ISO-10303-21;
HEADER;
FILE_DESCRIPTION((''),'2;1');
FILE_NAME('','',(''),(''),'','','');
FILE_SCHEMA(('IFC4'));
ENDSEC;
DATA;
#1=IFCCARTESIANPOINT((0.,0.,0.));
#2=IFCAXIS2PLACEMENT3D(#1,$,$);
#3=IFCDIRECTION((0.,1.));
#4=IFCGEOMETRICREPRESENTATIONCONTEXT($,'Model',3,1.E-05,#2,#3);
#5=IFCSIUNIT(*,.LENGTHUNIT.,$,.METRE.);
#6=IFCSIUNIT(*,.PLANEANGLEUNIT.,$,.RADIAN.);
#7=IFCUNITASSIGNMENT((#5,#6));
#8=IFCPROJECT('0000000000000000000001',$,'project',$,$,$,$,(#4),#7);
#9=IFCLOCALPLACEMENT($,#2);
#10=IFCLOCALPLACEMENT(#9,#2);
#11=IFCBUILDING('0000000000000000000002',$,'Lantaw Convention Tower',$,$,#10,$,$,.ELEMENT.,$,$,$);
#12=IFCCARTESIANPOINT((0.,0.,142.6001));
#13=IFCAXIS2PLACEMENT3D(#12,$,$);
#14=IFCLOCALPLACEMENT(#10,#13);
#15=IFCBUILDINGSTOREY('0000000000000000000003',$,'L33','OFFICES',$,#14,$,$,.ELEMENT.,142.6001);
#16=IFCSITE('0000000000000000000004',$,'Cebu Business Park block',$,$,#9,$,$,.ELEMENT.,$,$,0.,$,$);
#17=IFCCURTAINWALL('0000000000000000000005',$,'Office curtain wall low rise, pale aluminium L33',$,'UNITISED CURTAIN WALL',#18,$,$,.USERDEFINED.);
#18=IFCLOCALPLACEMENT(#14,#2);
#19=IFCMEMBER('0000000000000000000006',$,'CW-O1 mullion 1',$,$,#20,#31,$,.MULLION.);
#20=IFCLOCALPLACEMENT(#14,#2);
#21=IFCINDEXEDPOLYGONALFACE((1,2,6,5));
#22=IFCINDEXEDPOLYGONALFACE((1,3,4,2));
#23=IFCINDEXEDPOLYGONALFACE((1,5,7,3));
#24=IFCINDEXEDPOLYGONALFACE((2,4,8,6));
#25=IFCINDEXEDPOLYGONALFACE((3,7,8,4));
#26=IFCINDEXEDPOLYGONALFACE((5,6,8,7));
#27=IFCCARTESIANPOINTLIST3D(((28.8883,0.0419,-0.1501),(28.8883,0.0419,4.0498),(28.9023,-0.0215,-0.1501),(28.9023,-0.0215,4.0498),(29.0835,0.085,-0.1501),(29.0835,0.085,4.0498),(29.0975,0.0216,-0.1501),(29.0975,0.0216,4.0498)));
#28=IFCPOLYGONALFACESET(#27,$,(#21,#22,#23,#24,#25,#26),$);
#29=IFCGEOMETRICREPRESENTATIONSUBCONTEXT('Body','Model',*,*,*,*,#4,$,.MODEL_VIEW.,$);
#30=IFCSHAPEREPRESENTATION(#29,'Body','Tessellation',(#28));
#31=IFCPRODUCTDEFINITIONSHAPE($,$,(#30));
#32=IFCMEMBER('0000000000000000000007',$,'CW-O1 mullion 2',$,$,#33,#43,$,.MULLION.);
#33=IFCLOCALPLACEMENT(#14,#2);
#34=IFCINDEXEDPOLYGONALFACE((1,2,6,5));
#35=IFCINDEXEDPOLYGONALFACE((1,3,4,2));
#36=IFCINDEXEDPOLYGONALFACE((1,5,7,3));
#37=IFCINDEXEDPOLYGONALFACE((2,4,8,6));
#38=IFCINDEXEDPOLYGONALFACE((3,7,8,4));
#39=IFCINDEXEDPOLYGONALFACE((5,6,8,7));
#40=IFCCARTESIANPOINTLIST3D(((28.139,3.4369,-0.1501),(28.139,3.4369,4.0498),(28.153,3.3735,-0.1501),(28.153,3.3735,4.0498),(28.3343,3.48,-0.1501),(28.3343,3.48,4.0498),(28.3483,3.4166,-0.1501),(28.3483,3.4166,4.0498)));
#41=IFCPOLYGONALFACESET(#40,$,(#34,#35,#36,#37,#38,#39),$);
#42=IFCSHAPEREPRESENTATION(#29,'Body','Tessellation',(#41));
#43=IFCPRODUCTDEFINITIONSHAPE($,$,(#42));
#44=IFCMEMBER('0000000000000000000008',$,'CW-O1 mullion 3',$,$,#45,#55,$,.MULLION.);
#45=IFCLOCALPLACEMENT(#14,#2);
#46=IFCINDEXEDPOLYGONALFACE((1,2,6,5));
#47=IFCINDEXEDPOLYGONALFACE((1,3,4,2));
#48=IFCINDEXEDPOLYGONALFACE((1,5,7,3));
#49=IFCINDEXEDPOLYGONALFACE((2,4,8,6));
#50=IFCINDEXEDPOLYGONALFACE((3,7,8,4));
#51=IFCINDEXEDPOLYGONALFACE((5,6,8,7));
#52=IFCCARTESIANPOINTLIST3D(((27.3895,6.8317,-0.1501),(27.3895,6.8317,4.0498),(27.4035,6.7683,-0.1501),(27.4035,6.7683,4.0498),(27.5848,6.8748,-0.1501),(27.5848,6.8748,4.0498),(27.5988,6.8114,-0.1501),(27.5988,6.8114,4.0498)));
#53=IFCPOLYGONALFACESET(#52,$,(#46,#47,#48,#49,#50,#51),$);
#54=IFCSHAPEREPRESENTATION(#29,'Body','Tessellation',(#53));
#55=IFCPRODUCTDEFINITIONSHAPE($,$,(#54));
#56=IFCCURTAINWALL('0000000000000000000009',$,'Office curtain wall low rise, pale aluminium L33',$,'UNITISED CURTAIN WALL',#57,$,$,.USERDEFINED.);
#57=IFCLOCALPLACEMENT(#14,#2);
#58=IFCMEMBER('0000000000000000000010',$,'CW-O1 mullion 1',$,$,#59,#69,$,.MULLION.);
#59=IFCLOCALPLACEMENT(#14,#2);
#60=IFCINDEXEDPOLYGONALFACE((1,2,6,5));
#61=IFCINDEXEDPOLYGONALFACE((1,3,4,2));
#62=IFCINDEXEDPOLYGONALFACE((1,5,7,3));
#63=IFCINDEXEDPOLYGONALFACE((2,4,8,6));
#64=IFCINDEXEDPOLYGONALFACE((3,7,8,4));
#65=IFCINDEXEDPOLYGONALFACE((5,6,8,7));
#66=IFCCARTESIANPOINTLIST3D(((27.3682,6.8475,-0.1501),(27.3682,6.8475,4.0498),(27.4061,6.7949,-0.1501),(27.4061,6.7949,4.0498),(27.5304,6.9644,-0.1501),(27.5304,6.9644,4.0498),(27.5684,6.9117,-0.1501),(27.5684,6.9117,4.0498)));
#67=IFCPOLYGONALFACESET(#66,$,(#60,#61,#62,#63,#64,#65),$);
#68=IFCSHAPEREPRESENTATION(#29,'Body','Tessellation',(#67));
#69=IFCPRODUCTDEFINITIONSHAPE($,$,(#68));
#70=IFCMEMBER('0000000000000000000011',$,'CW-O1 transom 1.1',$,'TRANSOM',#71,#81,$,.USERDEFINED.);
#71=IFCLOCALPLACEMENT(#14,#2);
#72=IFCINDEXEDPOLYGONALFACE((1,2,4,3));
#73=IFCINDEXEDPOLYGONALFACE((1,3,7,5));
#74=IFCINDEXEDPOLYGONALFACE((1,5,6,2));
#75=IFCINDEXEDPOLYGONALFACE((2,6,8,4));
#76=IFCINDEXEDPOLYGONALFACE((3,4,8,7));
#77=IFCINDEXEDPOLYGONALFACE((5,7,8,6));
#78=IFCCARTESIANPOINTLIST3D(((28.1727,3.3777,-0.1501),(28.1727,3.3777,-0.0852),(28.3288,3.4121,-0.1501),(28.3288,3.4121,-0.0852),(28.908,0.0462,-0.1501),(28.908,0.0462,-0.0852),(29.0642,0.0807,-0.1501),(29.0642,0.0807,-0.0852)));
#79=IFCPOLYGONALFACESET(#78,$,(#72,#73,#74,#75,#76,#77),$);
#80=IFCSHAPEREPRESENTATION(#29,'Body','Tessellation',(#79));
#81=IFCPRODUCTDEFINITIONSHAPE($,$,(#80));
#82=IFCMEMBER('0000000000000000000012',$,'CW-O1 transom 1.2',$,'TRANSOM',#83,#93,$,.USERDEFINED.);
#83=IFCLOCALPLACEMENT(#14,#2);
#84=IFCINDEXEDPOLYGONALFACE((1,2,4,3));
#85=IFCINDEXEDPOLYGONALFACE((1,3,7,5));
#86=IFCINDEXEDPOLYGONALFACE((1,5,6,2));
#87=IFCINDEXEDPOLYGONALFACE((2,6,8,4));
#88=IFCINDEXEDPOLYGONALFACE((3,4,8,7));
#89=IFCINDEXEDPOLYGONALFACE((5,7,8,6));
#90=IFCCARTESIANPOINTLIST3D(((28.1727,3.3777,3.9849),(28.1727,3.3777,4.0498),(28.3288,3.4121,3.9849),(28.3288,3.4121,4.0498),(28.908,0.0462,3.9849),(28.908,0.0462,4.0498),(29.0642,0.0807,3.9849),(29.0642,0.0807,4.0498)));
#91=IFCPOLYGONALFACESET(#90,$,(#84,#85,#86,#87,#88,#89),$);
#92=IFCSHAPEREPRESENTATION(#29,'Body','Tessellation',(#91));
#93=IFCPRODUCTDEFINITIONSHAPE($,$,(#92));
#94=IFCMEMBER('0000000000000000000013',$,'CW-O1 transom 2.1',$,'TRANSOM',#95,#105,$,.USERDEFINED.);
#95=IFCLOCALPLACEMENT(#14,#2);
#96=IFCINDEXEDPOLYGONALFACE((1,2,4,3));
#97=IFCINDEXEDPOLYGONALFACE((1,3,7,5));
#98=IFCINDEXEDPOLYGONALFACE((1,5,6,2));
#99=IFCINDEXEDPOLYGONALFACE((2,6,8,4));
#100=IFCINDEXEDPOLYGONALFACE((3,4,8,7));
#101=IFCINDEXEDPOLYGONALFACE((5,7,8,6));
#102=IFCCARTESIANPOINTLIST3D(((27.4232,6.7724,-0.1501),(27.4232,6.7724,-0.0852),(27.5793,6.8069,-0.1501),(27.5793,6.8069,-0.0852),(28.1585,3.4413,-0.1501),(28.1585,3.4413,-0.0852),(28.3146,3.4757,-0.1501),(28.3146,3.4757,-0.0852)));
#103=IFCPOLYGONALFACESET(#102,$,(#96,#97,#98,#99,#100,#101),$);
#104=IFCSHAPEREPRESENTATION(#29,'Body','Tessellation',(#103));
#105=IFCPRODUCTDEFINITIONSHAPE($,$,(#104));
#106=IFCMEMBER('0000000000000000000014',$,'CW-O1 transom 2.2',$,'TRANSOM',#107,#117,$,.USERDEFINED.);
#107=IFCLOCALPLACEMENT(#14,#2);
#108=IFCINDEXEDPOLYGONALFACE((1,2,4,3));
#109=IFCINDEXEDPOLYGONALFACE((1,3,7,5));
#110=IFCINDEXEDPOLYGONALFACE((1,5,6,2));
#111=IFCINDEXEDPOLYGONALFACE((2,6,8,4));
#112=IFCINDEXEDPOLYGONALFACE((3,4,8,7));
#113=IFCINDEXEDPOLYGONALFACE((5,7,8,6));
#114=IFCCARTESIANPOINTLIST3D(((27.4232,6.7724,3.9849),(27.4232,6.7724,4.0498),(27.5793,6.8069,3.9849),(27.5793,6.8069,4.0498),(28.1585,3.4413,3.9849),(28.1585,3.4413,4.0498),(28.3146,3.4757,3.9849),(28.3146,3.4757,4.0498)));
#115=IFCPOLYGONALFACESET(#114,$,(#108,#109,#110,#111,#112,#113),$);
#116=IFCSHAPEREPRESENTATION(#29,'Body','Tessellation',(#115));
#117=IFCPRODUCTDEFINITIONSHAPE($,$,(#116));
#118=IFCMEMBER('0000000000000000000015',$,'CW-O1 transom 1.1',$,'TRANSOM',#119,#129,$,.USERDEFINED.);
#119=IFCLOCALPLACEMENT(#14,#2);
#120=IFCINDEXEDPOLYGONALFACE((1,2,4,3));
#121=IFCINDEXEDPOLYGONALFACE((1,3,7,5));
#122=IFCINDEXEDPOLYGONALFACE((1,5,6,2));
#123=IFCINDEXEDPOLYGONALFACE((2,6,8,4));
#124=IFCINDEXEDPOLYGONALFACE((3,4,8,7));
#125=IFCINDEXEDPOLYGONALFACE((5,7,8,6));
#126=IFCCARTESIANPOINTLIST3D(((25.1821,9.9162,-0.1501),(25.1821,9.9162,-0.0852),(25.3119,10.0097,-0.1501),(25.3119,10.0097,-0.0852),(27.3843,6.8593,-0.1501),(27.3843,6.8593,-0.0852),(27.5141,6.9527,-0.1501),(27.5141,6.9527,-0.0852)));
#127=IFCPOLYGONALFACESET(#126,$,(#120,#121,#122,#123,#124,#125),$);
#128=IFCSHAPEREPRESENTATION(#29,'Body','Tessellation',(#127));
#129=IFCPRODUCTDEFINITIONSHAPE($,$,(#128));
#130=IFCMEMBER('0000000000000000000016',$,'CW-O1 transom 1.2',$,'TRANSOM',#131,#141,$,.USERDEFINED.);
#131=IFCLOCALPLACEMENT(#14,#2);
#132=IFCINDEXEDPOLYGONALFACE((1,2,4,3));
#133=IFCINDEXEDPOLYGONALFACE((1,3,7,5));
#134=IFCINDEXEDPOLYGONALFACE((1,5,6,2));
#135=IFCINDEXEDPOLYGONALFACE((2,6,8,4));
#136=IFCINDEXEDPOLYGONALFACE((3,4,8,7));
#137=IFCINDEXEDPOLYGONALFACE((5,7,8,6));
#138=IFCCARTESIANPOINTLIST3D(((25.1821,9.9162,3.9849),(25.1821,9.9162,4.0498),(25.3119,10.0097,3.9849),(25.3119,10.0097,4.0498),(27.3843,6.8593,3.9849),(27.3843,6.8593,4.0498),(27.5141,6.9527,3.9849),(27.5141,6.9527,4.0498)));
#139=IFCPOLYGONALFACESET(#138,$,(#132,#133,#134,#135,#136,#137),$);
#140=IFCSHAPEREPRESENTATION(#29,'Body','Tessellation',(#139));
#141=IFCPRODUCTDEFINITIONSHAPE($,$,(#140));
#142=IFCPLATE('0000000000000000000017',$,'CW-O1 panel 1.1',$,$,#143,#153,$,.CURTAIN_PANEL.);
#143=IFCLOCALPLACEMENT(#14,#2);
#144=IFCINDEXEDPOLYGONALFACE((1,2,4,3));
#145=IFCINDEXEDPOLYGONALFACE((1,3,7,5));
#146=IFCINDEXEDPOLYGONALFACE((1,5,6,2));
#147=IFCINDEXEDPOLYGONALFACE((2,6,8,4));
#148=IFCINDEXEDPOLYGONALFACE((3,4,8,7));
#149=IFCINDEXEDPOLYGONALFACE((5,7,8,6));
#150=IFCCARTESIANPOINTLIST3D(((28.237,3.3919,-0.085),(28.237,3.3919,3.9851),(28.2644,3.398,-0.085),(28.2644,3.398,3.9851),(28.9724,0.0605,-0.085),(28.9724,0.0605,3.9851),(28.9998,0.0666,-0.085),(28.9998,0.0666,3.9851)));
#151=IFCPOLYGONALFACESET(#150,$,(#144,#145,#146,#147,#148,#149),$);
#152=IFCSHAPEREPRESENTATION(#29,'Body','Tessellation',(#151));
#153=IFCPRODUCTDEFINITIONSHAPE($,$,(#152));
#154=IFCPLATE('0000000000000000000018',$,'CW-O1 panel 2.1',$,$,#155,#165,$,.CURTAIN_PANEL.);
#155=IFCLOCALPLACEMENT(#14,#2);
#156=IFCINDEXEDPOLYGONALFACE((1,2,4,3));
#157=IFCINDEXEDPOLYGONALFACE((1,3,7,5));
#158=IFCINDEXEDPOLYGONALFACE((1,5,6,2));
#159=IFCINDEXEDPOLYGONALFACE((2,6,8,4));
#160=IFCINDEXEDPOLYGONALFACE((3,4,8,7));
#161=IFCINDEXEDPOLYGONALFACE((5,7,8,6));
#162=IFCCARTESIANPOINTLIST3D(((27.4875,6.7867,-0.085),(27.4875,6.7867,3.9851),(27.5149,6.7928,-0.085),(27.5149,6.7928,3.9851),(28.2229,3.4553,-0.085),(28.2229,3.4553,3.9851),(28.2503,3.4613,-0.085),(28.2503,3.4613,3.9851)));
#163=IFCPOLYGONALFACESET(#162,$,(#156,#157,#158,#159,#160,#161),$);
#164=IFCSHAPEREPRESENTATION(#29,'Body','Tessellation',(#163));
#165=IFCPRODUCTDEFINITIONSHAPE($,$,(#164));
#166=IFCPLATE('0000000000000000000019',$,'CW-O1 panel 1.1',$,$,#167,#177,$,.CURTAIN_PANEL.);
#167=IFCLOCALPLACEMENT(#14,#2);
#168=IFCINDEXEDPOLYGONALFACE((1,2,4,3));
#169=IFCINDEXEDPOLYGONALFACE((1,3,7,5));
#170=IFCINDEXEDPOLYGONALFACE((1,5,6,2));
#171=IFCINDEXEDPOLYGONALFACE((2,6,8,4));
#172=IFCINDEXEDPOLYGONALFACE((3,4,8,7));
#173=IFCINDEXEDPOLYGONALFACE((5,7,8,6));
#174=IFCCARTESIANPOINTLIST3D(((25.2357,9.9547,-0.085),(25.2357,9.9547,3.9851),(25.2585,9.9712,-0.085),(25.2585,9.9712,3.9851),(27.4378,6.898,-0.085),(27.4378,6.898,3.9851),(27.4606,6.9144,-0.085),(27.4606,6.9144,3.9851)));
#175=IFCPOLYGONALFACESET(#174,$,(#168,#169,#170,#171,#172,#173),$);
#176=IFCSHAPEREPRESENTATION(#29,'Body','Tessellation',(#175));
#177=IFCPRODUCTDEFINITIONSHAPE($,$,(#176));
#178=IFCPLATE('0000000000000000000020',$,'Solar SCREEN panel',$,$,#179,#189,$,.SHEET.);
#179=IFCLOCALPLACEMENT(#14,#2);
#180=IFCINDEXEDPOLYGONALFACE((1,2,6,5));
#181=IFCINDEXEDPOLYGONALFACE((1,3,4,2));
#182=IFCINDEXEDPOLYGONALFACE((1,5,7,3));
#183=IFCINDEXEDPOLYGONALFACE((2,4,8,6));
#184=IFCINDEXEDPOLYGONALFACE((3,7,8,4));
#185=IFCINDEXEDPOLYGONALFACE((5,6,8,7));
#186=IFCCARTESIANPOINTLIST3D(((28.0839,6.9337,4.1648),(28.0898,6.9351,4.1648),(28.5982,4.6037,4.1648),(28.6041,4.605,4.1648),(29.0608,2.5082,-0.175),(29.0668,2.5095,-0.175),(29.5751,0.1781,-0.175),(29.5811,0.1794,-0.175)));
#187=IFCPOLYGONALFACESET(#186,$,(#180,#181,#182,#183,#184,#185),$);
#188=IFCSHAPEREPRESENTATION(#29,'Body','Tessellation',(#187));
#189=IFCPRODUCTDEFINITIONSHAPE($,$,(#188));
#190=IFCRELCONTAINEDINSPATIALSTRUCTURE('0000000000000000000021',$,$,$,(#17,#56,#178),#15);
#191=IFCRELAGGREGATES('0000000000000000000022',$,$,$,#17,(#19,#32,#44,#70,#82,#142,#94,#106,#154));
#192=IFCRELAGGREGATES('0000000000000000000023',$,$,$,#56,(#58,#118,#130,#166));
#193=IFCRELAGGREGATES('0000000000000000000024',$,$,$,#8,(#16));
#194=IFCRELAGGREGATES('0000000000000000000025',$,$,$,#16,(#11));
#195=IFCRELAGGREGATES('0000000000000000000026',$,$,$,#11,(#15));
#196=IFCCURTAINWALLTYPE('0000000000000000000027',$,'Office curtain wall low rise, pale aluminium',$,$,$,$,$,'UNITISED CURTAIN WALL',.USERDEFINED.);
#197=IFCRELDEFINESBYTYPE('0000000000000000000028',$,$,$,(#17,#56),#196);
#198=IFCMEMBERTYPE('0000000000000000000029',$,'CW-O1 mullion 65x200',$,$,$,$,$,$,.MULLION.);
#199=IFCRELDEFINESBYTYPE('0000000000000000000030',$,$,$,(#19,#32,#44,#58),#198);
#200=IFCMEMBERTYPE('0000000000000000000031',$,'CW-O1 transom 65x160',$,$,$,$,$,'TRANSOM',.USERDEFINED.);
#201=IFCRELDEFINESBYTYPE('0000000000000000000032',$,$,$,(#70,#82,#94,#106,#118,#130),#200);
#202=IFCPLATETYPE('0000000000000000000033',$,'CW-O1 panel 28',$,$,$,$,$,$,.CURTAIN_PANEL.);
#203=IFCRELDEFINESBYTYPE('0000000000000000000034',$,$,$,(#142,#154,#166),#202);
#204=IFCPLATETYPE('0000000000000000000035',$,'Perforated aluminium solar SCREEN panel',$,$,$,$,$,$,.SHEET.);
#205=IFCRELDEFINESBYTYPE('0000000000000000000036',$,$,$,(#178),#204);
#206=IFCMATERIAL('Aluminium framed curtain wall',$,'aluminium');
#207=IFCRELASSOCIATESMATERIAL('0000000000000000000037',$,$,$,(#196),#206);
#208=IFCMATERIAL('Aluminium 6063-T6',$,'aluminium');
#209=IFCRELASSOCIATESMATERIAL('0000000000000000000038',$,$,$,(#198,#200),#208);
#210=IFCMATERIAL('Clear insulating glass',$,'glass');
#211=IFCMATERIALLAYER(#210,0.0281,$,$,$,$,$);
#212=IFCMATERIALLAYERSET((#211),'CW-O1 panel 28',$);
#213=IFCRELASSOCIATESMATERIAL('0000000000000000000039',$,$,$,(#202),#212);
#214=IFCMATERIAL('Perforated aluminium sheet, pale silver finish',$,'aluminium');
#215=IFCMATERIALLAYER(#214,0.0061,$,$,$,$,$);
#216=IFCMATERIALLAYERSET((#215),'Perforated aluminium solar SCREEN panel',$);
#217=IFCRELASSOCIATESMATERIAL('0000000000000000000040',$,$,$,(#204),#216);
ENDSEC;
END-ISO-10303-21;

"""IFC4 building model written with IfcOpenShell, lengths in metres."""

from ifc_helpers import new_model, si_unit, direction, frame, origin, origin_2d, place, context, subcontext, project, spatial, polyline, rectangle, outline, extrude, material, layer, layer_set, material_profile, profile_set, type_object, element, aggregate, save


model = new_model("IFC4")

# Units and contexts
model_context = context("Model", 3, precision=1e-05, world=origin(), true_north=direction((0.0, 1.0)))
body_context = subcontext(model_context, "Body", "Model", "MODEL_VIEW")
ifc_project = project(units=[si_unit("LENGTHUNIT", "METRE"), si_unit("PLANEANGLEUNIT", "RADIAN")], contexts=[model_context])

# Site, building, storey
site_placement = place(None, origin())
site = spatial("IfcSite", under=ifc_project, at=site_placement, Name="Cebu Business Park block", CompositionType="ELEMENT", RefElevation=0.0)
building_placement = place(site_placement, origin())
building = spatial("IfcBuilding", under=site, at=building_placement, Name="Lantaw Convention Tower", CompositionType="ELEMENT")
storey_placement = place(building_placement, frame((0.0, 0.0, 142.6001)))
storey = spatial("IfcBuildingStorey", under=building, at=storey_placement, Name="L33", Description="OFFICES", CompositionType="ELEMENT", Elevation=142.6001)

# Curtain wall, members
ifc_material_1 = material(Name="Aluminium framed curtain wall", Category="aluminium")
curtain_wall_type = type_object("IfcCurtainWallType", Name="Office curtain wall low rise, pale aluminium", ElementType="UNITISED CURTAIN WALL", PredefinedType="USERDEFINED", material=ifc_material_1)
curtain_wall_1_placement = place(storey_placement, origin())
curtain_wall_1 = element("IfcCurtainWall", 1, at=curtain_wall_1_placement, inside=storey, type_object=curtain_wall_type, Name="Office curtain wall low rise, pale aluminium L33", ObjectType="UNITISED CURTAIN WALL", PredefinedType="USERDEFINED")
ifc_material_2 = material(Name="Aluminium 6063-T6", Category="aluminium")
ifc_material_profile_1 = material_profile(ifc_material_2, rectangle(XDim=0.2, YDim=0.0649, at=origin_2d()), Name="CW-O1 mullion 65x200")
ifc_profile_set_1 = profile_set([ifc_material_profile_1], Name="Aluminium 6063-T6")
member_type_1 = type_object("IfcMemberType", Name="CW-O1 mullion 65x200", PredefinedType="MULLION", material=ifc_profile_set_1)
member_1_placement = place(storey_placement, frame((28.9929, 0.0317, -0.1501), z_axis=(0.0, 0.0, 1.0), x_axis=(-0.976494, -0.215546, 0.0)))
member_1 = element("IfcMember", 2, at=member_1_placement, type_object=member_type_1, Name="CW-O1 mullion 1", PredefinedType="MULLION", context=body_context, shape_type="SweptSolid", body=[
    extrude(rectangle(XDim=0.2, YDim=0.0649, at=origin_2d()), origin(), (0.0, 0.0, 1.0), 4.2),
])
member_2_placement = place(storey_placement, frame((28.2437, 3.4268, -0.1501), z_axis=(0.0, 0.0, 1.0), x_axis=(-0.976494, -0.215546, 0.0)))
member_2 = element("IfcMember", 3, at=member_2_placement, type_object=member_type_1, Name="CW-O1 mullion 2", PredefinedType="MULLION", context=body_context, shape_type="SweptSolid", body=[
    extrude(rectangle(XDim=0.2, YDim=0.0649, at=origin_2d()), origin(), (0.0, 0.0, 1.0), 4.2),
])
member_3_placement = place(storey_placement, frame((27.4941, 6.8215, -0.1501), z_axis=(0.0, 0.0, 1.0), x_axis=(-0.976494, -0.215546, 0.0)))
member_3 = element("IfcMember", 4, at=member_3_placement, type_object=member_type_1, Name="CW-O1 mullion 3", PredefinedType="MULLION", context=body_context, shape_type="SweptSolid", body=[
    extrude(rectangle(XDim=0.2, YDim=0.0649, at=origin_2d()), origin(), (0.0, 0.0, 1.0), 4.2),
])

# Curtain wall, member
curtain_wall_2_placement = place(storey_placement, origin())
curtain_wall_2 = element("IfcCurtainWall", 5, at=curtain_wall_2_placement, inside=storey, type_object=curtain_wall_type, Name="Office curtain wall low rise, pale aluminium L33", ObjectType="UNITISED CURTAIN WALL", PredefinedType="USERDEFINED")
member_4_placement = place(storey_placement, frame((27.4683, 6.8796, -0.1501), z_axis=(0.0, 0.0, 1.0), x_axis=(-0.811385, -0.584513, 0.0)))
member_4 = element("IfcMember", 6, at=member_4_placement, type_object=member_type_1, Name="CW-O1 mullion 1", PredefinedType="MULLION", context=body_context, shape_type="SweptSolid", body=[
    extrude(rectangle(XDim=0.2, YDim=0.0649, at=origin_2d()), origin(), (0.0, 0.0, 1.0), 4.2),
])

# Members
ifc_material_profile_2 = material_profile(ifc_material_2, rectangle(XDim=0.1599, YDim=0.0649, at=origin_2d()), Name="CW-O1 transom 65x160")
ifc_profile_set_2 = profile_set([ifc_material_profile_2], Name="Aluminium 6063-T6")
member_type_2 = type_object("IfcMemberType", Name="CW-O1 transom 65x160", ElementType="TRANSOM", PredefinedType="USERDEFINED", material=ifc_profile_set_2)
member_5_placement = place(storey_placement, frame((28.9861, 0.0635, -0.1177), z_axis=(-0.215536, 0.976496, 0.0), x_axis=(-0.976496, -0.215536, 0.0)))
member_5 = element("IfcMember", 7, at=member_5_placement, type_object=member_type_2, Name="CW-O1 transom 1.1", ObjectType="TRANSOM", PredefinedType="USERDEFINED", context=body_context, shape_type="SweptSolid", body=[
    extrude(rectangle(XDim=0.1599, YDim=0.0649, at=origin_2d()), origin(), (0.0, 0.0, 1.0), 3.4116),
])
member_6_placement = place(storey_placement, frame((28.9861, 0.0635, 4.0173), z_axis=(-0.215536, 0.976496, 0.0), x_axis=(-0.976496, -0.215536, 0.0)))
member_6 = element("IfcMember", 8, at=member_6_placement, type_object=member_type_2, Name="CW-O1 transom 1.2", ObjectType="TRANSOM", PredefinedType="USERDEFINED", context=body_context, shape_type="SweptSolid", body=[
    extrude(rectangle(XDim=0.1599, YDim=0.0649, at=origin_2d()), origin(), (0.0, 0.0, 1.0), 3.4116),
])
member_7_placement = place(storey_placement, frame((28.2366, 3.4585, -0.1177), z_axis=(-0.215551, 0.976493, 0.0), x_axis=(-0.976493, -0.215551, 0.0)))
member_7 = element("IfcMember", 9, at=member_7_placement, type_object=member_type_2, Name="CW-O1 transom 2.1", ObjectType="TRANSOM", PredefinedType="USERDEFINED", context=body_context, shape_type="SweptSolid", body=[
    extrude(rectangle(XDim=0.1599, YDim=0.0649, at=origin_2d()), origin(), (0.0, 0.0, 1.0), 3.4114),
])
member_8_placement = place(storey_placement, frame((28.2366, 3.4585, 4.0173), z_axis=(-0.215551, 0.976493, 0.0), x_axis=(-0.976493, -0.215551, 0.0)))
member_8 = element("IfcMember", 10, at=member_8_placement, type_object=member_type_2, Name="CW-O1 transom 2.2", ObjectType="TRANSOM", PredefinedType="USERDEFINED", context=body_context, shape_type="SweptSolid", body=[
    extrude(rectangle(XDim=0.1599, YDim=0.0649, at=origin_2d()), origin(), (0.0, 0.0, 1.0), 3.4114),
])
member_9_placement = place(storey_placement, frame((27.4492, 6.906, -0.1177), z_axis=(-0.584513, 0.811384, 0.0), x_axis=(-0.811384, -0.584513, 0.0)))
member_9 = element("IfcMember", 11, at=member_9_placement, type_object=member_type_2, Name="CW-O1 transom 1.1", ObjectType="TRANSOM", PredefinedType="USERDEFINED", context=body_context, shape_type="SweptSolid", body=[
    extrude(rectangle(XDim=0.1599, YDim=0.0649, at=origin_2d()), origin(), (0.0, 0.0, 1.0), 3.7676),
])
member_10_placement = place(storey_placement, frame((27.4492, 6.906, 4.0173), z_axis=(-0.584513, 0.811384, 0.0), x_axis=(-0.811384, -0.584513, 0.0)))
member_10 = element("IfcMember", 12, at=member_10_placement, type_object=member_type_2, Name="CW-O1 transom 1.2", ObjectType="TRANSOM", PredefinedType="USERDEFINED", context=body_context, shape_type="SweptSolid", body=[
    extrude(rectangle(XDim=0.1599, YDim=0.0649, at=origin_2d()), origin(), (0.0, 0.0, 1.0), 3.7676),
])

# Plates
ifc_material_3 = material(Name="Clear insulating glass", Category="glass")
ifc_layer_1 = layer(ifc_material_3, 0.0281)
ifc_layer_set_1 = layer_set([ifc_layer_1], Name="CW-O1 panel 28")
plate_type_1 = type_object("IfcPlateType", Name="CW-O1 panel 28", PredefinedType="CURTAIN_PANEL", material=ifc_layer_set_1)
plate_1_placement = place(storey_placement, frame((28.6184, 1.7292, -0.085), z_axis=(0.0, 0.0, 1.0), x_axis=(-0.215546, 0.976494, 0.0)))
plate_1 = element("IfcPlate", 13, at=plate_1_placement, type_object=plate_type_1, Name="CW-O1 panel 1.1", PredefinedType="CURTAIN_PANEL", context=body_context, shape_type="SweptSolid", body=[
    extrude(rectangle(XDim=3.4116, YDim=0.0281, at=origin_2d()), origin(), (0.0, 0.0, 1.0), 4.0701),
])
plate_2_placement = place(storey_placement, frame((27.8689, 5.124, -0.085), z_axis=(0.0, 0.0, 1.0), x_axis=(-0.215546, 0.976494, 0.0)))
plate_2 = element("IfcPlate", 14, at=plate_2_placement, type_object=plate_type_1, Name="CW-O1 panel 2.1", PredefinedType="CURTAIN_PANEL", context=body_context, shape_type="SweptSolid", body=[
    extrude(rectangle(XDim=3.4116, YDim=0.0281, at=origin_2d()), origin(), (0.0, 0.0, 1.0), 4.0701),
])
aggregate(curtain_wall_1, [member_1, member_2, member_3, member_5, member_6, plate_1, member_7, member_8, plate_2])
plate_3_placement = place(storey_placement, frame((26.3481, 8.4346, -0.085), z_axis=(0.0, 0.0, 1.0), x_axis=(-0.584513, 0.811385, 0.0)))
plate_3 = element("IfcPlate", 15, at=plate_3_placement, type_object=plate_type_1, Name="CW-O1 panel 1.1", PredefinedType="CURTAIN_PANEL", context=body_context, shape_type="SweptSolid", body=[
    extrude(rectangle(XDim=3.7673, YDim=0.0281, at=origin_2d()), origin(), (0.0, 0.0, 1.0), 4.0701),
])
aggregate(curtain_wall_2, [member_4, member_9, member_10, plate_3])

# Plate
ifc_material_4 = material(Name="Perforated aluminium sheet, pale silver finish", Category="aluminium")
ifc_layer_2 = layer(ifc_material_4, 0.0061)
ifc_layer_set_2 = layer_set([ifc_layer_2], Name="Perforated aluminium solar SCREEN panel")
plate_type_2 = type_object("IfcPlateType", Name="Perforated aluminium solar SCREEN panel", PredefinedType="SHEET", material=ifc_layer_set_2)
plate_4_placement = place(storey_placement, frame((29.5811, 0.1794, -0.175), z_axis=(0.976498, 0.215527, 0.000033), x_axis=(-0.215527, 0.976498, 0.0)))
element("IfcPlate", 16, at=plate_4_placement, inside=storey, type_object=plate_type_2, Name="Solar SCREEN panel", PredefinedType="SHEET", context=body_context, shape_type="SweptSolid", body=[
    extrude(outline(polyline([(0.0, 0.0), (2.3862, 0.0), (6.9182, 4.3398), (4.5321, 4.3398), (0.0, 0.0)])), origin(), (0.0, 0.0, -1.0), 0.0061),
])

save(model, "model.ifc")
